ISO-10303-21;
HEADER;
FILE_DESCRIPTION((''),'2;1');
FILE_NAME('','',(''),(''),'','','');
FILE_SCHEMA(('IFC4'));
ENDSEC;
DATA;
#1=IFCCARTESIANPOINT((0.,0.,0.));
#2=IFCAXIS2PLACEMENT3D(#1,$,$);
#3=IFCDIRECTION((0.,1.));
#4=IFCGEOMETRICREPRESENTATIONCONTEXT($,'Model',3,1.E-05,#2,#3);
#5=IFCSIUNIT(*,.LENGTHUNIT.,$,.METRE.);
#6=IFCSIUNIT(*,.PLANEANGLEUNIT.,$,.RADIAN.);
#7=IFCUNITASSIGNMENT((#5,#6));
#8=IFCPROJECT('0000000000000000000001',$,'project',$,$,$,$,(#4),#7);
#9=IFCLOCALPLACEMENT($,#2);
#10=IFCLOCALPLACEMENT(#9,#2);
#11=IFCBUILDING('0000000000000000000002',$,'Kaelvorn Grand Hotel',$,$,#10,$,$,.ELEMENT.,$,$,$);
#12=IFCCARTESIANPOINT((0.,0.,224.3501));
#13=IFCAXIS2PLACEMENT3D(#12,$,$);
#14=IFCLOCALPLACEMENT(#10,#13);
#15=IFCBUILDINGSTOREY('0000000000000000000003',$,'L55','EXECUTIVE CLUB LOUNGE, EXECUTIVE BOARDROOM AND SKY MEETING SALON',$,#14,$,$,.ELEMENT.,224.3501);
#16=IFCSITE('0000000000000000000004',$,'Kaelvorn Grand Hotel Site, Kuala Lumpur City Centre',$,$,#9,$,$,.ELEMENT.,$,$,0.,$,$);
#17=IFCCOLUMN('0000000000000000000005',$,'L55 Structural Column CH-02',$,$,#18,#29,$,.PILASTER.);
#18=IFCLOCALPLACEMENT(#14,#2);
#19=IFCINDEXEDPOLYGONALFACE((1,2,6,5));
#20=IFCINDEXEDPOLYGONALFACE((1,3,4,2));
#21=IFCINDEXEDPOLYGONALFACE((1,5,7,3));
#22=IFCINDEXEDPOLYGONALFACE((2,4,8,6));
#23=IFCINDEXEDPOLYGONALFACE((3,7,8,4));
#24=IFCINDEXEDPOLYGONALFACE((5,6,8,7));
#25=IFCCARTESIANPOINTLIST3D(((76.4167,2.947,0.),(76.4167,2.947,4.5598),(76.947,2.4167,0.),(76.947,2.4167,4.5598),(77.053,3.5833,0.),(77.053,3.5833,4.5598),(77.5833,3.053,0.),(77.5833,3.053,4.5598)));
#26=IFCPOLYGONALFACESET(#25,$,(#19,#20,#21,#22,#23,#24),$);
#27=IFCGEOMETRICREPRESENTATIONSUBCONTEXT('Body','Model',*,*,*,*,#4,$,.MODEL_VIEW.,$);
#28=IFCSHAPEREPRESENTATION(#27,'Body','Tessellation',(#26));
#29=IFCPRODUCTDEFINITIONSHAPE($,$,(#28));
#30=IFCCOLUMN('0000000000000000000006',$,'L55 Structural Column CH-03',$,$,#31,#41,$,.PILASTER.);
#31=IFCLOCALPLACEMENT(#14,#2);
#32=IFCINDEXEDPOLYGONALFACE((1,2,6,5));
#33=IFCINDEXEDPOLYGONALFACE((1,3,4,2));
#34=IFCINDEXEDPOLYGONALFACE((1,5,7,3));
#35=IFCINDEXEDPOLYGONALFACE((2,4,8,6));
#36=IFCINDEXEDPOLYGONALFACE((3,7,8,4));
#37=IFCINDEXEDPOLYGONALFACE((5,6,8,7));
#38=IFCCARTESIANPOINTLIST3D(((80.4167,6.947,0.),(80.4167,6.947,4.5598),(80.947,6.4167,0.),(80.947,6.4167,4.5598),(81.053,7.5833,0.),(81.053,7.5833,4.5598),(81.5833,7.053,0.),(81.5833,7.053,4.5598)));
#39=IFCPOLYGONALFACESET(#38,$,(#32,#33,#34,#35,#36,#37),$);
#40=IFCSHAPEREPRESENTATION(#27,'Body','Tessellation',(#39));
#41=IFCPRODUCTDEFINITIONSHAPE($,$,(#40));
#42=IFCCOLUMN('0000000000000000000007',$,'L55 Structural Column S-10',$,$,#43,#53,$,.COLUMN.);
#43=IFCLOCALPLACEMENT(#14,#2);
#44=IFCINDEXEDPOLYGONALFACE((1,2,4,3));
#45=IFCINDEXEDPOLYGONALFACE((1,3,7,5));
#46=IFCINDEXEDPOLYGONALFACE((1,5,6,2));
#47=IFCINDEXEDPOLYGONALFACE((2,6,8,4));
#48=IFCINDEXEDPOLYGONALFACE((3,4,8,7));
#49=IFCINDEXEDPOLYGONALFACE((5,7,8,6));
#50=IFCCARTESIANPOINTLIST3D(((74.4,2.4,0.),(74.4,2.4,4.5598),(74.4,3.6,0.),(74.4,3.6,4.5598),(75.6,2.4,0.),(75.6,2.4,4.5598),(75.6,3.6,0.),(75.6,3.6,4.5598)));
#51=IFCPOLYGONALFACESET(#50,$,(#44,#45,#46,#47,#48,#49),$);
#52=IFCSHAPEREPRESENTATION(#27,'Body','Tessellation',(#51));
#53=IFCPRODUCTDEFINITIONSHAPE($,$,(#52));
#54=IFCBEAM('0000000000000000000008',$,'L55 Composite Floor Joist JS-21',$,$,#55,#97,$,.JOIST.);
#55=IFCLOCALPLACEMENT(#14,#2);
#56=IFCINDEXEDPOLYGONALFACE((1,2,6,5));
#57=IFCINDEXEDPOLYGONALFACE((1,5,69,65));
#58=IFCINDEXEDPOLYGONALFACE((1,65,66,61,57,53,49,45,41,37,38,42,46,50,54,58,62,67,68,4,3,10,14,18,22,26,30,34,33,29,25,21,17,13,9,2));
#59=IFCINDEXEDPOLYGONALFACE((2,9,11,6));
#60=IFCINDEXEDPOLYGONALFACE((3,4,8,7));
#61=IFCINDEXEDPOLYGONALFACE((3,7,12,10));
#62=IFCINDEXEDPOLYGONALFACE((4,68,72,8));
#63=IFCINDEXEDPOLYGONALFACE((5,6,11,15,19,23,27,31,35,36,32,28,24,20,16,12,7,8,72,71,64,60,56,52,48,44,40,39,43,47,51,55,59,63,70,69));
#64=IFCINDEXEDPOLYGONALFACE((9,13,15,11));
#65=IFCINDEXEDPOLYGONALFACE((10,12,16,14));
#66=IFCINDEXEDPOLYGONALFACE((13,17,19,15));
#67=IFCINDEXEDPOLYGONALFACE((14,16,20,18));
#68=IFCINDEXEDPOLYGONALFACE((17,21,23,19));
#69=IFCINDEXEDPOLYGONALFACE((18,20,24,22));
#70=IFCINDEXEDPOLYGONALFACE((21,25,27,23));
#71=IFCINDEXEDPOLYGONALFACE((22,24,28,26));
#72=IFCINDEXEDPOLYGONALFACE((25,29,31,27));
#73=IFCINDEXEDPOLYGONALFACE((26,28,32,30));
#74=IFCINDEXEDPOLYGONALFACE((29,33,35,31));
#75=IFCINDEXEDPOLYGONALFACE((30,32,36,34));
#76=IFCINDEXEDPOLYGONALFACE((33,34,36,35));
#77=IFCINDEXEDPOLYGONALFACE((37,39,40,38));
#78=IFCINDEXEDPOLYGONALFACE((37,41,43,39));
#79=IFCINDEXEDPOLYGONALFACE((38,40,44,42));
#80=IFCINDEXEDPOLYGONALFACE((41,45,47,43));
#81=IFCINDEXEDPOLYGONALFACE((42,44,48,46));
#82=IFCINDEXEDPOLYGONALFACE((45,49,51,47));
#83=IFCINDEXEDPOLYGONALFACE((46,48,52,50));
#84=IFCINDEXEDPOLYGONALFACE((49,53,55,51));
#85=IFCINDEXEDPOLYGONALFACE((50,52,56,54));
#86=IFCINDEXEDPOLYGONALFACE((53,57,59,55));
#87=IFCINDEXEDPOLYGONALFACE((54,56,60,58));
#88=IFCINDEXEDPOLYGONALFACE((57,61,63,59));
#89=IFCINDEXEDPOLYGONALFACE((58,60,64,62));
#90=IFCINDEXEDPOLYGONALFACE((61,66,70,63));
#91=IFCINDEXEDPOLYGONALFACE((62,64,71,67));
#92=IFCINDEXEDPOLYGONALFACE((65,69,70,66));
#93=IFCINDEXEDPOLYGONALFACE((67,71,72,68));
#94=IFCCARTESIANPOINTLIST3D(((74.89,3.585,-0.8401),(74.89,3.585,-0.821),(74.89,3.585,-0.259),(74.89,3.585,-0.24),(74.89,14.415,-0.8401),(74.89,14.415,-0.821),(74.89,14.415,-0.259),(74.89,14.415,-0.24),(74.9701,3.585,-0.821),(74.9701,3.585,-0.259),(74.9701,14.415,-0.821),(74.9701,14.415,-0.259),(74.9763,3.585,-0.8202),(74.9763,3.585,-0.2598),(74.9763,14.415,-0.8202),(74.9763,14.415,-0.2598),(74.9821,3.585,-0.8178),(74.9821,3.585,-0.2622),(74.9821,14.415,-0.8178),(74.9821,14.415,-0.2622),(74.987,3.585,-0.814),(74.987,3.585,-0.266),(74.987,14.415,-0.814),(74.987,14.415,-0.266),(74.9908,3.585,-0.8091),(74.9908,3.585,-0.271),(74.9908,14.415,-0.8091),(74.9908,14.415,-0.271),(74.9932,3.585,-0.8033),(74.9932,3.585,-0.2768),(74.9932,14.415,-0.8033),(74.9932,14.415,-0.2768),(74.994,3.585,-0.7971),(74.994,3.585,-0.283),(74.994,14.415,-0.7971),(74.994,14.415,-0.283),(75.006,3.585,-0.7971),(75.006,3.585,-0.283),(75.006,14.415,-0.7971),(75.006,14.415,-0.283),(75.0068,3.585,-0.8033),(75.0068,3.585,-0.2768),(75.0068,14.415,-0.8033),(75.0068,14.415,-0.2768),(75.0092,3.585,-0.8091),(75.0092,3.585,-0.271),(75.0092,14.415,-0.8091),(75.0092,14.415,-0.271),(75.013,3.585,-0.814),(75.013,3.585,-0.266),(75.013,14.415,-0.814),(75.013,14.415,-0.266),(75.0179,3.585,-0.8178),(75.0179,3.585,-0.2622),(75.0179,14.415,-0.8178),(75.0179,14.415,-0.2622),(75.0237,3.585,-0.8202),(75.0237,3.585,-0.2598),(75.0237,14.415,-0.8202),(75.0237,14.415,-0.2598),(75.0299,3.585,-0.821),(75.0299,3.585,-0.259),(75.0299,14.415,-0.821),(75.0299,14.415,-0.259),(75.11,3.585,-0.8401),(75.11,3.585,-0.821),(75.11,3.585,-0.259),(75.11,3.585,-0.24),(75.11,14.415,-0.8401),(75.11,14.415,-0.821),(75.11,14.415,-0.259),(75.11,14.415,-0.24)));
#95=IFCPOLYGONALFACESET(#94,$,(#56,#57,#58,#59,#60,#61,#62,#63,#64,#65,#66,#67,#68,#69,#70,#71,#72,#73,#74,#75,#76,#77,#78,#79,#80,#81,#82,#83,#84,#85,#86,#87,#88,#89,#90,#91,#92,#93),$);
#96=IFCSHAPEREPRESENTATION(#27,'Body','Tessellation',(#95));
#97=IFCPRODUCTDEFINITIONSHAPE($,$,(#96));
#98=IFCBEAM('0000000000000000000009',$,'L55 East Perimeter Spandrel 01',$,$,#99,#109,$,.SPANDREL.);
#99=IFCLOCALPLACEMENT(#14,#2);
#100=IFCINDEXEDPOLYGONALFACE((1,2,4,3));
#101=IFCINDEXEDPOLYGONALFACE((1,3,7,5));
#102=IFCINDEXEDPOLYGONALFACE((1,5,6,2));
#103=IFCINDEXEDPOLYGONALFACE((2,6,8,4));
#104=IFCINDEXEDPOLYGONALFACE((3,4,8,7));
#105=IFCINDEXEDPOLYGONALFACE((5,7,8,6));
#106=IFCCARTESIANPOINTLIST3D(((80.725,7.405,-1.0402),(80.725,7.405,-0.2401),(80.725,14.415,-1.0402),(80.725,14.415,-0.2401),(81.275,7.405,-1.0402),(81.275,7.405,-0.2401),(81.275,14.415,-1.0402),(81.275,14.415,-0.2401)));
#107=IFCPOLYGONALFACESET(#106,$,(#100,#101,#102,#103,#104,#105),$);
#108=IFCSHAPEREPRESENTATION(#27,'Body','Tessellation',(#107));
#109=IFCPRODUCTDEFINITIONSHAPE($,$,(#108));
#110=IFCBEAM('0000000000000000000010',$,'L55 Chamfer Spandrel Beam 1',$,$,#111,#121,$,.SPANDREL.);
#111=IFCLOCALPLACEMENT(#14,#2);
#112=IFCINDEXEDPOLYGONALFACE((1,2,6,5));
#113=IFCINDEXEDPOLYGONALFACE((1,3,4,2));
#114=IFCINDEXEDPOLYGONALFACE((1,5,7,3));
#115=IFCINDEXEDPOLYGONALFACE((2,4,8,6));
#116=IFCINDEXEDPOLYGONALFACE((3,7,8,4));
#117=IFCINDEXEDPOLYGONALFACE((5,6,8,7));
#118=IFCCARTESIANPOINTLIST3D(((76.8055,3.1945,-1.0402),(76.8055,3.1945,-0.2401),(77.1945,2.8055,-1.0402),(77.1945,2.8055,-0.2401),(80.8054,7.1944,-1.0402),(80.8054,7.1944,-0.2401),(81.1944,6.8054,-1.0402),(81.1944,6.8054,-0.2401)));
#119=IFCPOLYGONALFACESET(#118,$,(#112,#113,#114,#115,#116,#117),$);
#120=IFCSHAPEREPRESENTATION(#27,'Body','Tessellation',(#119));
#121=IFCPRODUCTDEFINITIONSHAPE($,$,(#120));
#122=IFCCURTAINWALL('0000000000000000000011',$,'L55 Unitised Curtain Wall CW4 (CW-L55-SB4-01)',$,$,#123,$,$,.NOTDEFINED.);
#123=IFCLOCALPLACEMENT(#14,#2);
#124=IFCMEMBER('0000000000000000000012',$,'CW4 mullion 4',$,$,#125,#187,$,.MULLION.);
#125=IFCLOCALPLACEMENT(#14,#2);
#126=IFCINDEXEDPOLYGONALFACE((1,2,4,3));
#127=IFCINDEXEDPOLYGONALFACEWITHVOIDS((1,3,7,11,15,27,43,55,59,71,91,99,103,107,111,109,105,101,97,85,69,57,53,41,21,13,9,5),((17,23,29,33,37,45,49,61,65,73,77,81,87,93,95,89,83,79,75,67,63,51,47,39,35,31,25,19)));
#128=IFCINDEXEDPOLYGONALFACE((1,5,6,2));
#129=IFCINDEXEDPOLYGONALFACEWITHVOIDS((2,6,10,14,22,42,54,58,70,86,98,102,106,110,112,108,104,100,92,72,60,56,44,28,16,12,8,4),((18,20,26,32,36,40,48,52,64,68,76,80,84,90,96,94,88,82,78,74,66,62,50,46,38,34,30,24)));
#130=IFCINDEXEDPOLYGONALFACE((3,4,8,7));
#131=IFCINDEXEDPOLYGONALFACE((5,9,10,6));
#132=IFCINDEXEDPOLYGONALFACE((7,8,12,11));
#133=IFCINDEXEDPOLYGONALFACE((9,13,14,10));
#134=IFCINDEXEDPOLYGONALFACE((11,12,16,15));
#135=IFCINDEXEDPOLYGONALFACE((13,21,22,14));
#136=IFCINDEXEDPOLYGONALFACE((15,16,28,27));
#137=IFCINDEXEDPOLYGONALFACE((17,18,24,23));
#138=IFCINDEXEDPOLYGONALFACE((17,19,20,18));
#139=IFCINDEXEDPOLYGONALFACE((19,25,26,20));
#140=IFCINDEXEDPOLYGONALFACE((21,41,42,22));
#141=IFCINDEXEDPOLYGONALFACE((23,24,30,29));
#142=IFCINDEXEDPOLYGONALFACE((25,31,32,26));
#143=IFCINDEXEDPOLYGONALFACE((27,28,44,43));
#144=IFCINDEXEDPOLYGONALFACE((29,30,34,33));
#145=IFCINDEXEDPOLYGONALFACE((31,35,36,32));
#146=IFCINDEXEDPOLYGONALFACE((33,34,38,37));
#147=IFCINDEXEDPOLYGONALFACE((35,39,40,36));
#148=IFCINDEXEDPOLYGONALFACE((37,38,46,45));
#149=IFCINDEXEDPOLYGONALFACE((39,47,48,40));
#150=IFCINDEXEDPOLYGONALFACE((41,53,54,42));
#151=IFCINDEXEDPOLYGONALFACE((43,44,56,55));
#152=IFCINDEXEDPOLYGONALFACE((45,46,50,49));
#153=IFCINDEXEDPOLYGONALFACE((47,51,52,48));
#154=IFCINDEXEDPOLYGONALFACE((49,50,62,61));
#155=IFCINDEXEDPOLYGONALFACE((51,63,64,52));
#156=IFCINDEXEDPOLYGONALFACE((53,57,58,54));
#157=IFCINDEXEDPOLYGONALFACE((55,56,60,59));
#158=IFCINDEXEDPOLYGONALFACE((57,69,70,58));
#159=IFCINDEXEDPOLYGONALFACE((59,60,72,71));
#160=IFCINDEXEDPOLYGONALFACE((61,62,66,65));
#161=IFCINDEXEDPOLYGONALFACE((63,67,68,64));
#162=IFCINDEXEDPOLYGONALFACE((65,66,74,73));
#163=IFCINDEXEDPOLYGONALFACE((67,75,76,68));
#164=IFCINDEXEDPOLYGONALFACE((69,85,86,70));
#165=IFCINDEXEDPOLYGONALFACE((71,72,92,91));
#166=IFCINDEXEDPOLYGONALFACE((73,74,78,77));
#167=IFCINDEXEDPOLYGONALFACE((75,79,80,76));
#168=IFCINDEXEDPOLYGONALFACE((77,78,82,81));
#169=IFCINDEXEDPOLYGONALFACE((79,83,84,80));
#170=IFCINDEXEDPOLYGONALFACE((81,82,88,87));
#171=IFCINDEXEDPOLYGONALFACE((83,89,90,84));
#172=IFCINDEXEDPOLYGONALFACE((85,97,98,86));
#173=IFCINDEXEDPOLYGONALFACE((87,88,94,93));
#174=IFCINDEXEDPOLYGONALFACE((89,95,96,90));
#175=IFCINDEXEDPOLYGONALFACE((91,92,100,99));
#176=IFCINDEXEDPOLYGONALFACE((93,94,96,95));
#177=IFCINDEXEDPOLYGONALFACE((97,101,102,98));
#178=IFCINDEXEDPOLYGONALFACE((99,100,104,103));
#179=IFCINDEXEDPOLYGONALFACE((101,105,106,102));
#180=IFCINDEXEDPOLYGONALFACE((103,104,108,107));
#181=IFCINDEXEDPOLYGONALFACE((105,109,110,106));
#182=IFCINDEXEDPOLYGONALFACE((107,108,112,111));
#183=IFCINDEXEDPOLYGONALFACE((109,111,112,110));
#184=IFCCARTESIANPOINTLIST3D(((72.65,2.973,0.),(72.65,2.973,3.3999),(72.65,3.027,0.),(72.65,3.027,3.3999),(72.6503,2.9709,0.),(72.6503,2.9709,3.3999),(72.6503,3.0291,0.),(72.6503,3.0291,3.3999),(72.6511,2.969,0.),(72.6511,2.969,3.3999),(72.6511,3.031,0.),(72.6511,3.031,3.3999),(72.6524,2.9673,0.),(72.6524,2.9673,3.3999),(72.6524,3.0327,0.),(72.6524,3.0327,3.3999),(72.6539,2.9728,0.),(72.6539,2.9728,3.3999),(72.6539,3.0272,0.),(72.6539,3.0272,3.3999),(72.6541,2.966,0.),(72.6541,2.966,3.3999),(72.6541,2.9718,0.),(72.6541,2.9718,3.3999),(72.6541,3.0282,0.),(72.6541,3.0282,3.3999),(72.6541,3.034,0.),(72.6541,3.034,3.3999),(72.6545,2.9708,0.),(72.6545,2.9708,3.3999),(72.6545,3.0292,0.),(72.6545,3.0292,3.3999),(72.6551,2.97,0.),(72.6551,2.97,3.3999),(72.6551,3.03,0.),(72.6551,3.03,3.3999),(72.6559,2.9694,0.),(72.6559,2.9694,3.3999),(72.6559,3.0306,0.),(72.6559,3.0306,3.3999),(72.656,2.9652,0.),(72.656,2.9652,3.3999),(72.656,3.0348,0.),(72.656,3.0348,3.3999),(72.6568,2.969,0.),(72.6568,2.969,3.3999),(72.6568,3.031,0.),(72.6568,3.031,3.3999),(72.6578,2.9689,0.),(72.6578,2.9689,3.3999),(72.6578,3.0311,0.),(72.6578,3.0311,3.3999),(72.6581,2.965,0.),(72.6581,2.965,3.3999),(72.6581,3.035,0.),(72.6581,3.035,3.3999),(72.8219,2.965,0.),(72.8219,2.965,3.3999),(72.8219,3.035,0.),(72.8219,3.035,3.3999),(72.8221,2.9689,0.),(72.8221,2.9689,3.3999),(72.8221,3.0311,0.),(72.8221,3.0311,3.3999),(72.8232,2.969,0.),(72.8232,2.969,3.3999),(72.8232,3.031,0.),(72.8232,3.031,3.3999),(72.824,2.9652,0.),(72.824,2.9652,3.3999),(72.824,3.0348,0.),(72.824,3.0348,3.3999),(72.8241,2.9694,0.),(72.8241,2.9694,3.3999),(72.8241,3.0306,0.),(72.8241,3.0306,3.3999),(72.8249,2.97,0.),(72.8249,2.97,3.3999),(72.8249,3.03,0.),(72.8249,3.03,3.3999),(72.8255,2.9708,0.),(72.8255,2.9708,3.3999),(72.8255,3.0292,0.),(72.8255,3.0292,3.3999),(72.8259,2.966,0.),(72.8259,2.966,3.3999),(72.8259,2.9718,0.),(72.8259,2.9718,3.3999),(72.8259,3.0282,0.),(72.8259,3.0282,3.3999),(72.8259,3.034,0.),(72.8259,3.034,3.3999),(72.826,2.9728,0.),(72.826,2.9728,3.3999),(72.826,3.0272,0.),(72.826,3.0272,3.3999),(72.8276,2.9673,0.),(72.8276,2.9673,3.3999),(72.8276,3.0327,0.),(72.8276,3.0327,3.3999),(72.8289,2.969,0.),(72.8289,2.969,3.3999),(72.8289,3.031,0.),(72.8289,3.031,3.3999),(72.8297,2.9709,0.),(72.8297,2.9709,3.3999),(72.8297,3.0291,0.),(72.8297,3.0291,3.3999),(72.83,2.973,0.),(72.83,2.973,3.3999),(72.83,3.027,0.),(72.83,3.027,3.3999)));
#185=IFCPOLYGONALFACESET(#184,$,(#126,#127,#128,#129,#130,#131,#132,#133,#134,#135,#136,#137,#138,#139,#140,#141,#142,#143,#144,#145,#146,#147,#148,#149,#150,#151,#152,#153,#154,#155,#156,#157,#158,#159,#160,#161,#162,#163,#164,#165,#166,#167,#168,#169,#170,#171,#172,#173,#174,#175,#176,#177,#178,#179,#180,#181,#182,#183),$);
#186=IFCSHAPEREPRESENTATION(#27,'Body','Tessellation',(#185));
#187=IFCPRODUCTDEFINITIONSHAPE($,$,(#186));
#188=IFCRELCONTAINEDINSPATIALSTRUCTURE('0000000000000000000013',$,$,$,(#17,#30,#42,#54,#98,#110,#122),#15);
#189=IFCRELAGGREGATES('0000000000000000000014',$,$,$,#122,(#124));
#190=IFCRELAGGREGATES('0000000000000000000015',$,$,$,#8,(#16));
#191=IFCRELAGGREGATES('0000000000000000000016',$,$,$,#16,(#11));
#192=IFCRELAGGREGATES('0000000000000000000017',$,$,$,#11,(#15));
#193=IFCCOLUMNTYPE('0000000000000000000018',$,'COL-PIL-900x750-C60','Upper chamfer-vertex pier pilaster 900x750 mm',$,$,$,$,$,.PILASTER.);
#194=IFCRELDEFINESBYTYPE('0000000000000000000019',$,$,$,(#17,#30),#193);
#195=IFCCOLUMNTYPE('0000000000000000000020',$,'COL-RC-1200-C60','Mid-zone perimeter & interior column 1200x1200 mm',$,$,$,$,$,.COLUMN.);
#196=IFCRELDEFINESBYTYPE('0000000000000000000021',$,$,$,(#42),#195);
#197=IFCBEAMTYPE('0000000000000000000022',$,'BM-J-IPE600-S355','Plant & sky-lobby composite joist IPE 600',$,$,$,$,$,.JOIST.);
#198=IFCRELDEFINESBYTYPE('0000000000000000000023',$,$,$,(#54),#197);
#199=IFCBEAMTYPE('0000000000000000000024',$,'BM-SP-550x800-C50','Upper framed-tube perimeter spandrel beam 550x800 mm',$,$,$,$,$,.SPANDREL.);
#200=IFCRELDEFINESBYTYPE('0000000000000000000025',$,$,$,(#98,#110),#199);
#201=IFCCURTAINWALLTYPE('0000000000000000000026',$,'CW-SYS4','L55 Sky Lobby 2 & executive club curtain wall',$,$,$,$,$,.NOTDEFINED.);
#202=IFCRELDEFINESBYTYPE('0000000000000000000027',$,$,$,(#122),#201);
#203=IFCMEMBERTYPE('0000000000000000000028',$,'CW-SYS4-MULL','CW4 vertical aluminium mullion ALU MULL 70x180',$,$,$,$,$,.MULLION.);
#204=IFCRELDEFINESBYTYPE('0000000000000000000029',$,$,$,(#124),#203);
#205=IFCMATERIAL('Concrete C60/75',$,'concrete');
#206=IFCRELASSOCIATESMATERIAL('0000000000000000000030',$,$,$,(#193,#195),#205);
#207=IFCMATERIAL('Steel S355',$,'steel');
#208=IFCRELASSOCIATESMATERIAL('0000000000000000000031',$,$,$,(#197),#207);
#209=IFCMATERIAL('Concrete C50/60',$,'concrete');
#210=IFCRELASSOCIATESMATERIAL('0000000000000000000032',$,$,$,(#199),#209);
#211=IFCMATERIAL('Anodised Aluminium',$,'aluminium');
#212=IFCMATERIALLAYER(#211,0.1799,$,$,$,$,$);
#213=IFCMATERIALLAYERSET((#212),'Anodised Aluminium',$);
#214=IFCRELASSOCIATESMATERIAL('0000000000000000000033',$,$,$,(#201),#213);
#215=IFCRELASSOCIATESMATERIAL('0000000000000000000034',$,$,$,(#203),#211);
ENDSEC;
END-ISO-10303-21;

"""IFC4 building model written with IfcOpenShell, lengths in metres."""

from ifc_helpers import new_model, si_unit, direction, frame, origin, origin_2d, place, context, subcontext, project, spatial, rectangle, hollow_rectangle, i_section, extrude, material, layer, layer_set, material_profile, profile_set, type_object, element, aggregate, save


model = new_model("IFC4")

# Units and contexts
model_context = context("Model", 3, precision=1e-05, world=origin(), true_north=direction((0.0, 1.0)))
body_context = subcontext(model_context, "Body", "Model", "MODEL_VIEW")
ifc_project = project(units=[si_unit("LENGTHUNIT", "METRE"), si_unit("PLANEANGLEUNIT", "RADIAN")], contexts=[model_context])

# Site, building, storey
site_placement = place(None, origin())
site = spatial("IfcSite", under=ifc_project, at=site_placement, Name="Kaelvorn Grand Hotel Site, Kuala Lumpur City Centre", CompositionType="ELEMENT", RefElevation=0.0)
building_placement = place(site_placement, origin())
building = spatial("IfcBuilding", under=site, at=building_placement, Name="Kaelvorn Grand Hotel", CompositionType="ELEMENT")
storey_placement = place(building_placement, frame((0.0, 0.0, 224.3501)))
storey = spatial("IfcBuildingStorey", under=building, at=storey_placement, Name="L55", Description="EXECUTIVE CLUB LOUNGE, EXECUTIVE BOARDROOM AND SKY MEETING SALON", CompositionType="ELEMENT", Elevation=224.3501)

# Columns
ifc_material_1 = material(Name="Concrete C60/75", Category="concrete")
ifc_material_profile_1 = material_profile(ifc_material_1, rectangle(XDim=0.8999, YDim=0.75, at=origin_2d()), Name="RC PILASTER 900x750")
ifc_profile_set_1 = profile_set([ifc_material_profile_1], Name="Concrete C60/75")
column_type_1 = type_object("IfcColumnType", Name="COL-PIL-900x750-C60", Description="Upper chamfer-vertex pier pilaster 900x750 mm", PredefinedType="PILASTER", material=ifc_profile_set_1)
for number, where, z_axis, x_axis, name in (
    (1, (77.0, 3.0, 0.0), (0.0, 0.0, 1.0), (0.707107, 0.707107, 0.0), "L55 Structural Column CH-02"),
    (2, (81.0, 7.0, 0.0), (0.0, 0.0, 1.0), (0.707107, 0.707107, 0.0), "L55 Structural Column CH-03"),
):
    element("IfcColumn", number, at=place(storey_placement, frame(where, z_axis=z_axis, x_axis=x_axis)), inside=storey, type_object=column_type_1, Name=name, PredefinedType="PILASTER", context=body_context, shape_type="SweptSolid", body=[
        extrude(rectangle(XDim=0.8999, YDim=0.75, at=origin_2d()), origin(), (0.0, 0.0, 1.0), 4.5598),
    ])
ifc_material_profile_2 = material_profile(ifc_material_1, rectangle(XDim=1.2, YDim=1.2, at=origin_2d()), Name="RC COL 1200x1200")
ifc_profile_set_2 = profile_set([ifc_material_profile_2], Name="Concrete C60/75")
column_type_2 = type_object("IfcColumnType", Name="COL-RC-1200-C60", Description="Mid-zone perimeter & interior column 1200x1200 mm", PredefinedType="COLUMN", material=ifc_profile_set_2)
column_placement = place(storey_placement, frame((75.0, 3.0, 0.0), z_axis=(0.0, 0.0, 1.0), x_axis=(1.0, 0.0, 0.0)))
element("IfcColumn", 3, at=column_placement, inside=storey, type_object=column_type_2, Name="L55 Structural Column S-10", PredefinedType="COLUMN", context=body_context, shape_type="SweptSolid", body=[
    extrude(rectangle(XDim=1.2, YDim=1.2, at=origin_2d()), origin(), (0.0, 0.0, 1.0), 4.5598),
])

# Beams
ifc_material_2 = material(Name="Steel S355", Category="steel")
ifc_material_profile_3 = material_profile(ifc_material_2, i_section(OverallWidth=0.22, OverallDepth=0.6001, WebThickness=0.012, FlangeThickness=0.019, FilletRadius=0.0239, at=origin_2d()), Name="IPE 600")
ifc_profile_set_3 = profile_set([ifc_material_profile_3], Name="Steel S355")
beam_type_1 = type_object("IfcBeamType", Name="BM-J-IPE600-S355", Description="Plant & sky-lobby composite joist IPE 600", PredefinedType="JOIST", material=ifc_profile_set_3)
beam_1_placement = place(storey_placement, frame((75.0, 3.585, -0.54), z_axis=(0.0, 1.0, 0.0), x_axis=(-1.0, 0.0, 0.0)))
element("IfcBeam", 4, at=beam_1_placement, inside=storey, type_object=beam_type_1, Name="L55 Composite Floor Joist JS-21", PredefinedType="JOIST", context=body_context, shape_type="SweptSolid", body=[
    extrude(i_section(OverallWidth=0.22, OverallDepth=0.6001, WebThickness=0.012, FlangeThickness=0.019, FilletRadius=0.0239, at=origin_2d()), origin(), (0.0, 0.0, 1.0), 10.8301),
])
ifc_material_3 = material(Name="Concrete C50/60", Category="concrete")
ifc_material_profile_4 = material_profile(ifc_material_3, rectangle(XDim=0.55, YDim=0.8, at=origin_2d()), Name="RC SPANDREL 550x800")
ifc_profile_set_4 = profile_set([ifc_material_profile_4], Name="Concrete C50/60")
beam_type_2 = type_object("IfcBeamType", Name="BM-SP-550x800-C50", Description="Upper framed-tube perimeter spandrel beam 550x800 mm", PredefinedType="SPANDREL", material=ifc_profile_set_4)
beam_2_placement = place(storey_placement, frame((81.0, 7.405, -0.6401), z_axis=(0.0, 1.0, 0.0), x_axis=(-1.0, 0.0, 0.0)))
element("IfcBeam", 5, at=beam_2_placement, inside=storey, type_object=beam_type_2, Name="L55 East Perimeter Spandrel 01", PredefinedType="SPANDREL", context=body_context, shape_type="SweptSolid", body=[
    extrude(rectangle(XDim=0.55, YDim=0.8, at=origin_2d()), origin(), (0.0, 0.0, 1.0), 7.01),
])
beam_3_placement = place(storey_placement, frame((77.0, 3.0, -0.6401), z_axis=(0.707107, 0.707107, 0.0), x_axis=(-0.707107, 0.707107, 0.0)))
element("IfcBeam", 6, at=beam_3_placement, inside=storey, type_object=beam_type_2, Name="L55 Chamfer Spandrel Beam 1", PredefinedType="SPANDREL", context=body_context, shape_type="SweptSolid", body=[
    extrude(rectangle(XDim=0.55, YDim=0.8, at=origin_2d()), origin(), (0.0, 0.0, 1.0), 5.6567),
])

# Curtain wall, member
ifc_material_4 = material(Name="Anodised Aluminium", Category="aluminium")
ifc_layer_1 = layer(ifc_material_4, 0.1799)
ifc_layer_set_1 = layer_set([ifc_layer_1], Name="Anodised Aluminium")
curtain_wall_type = type_object("IfcCurtainWallType", Name="CW-SYS4", Description="L55 Sky Lobby 2 & executive club curtain wall", PredefinedType="NOTDEFINED", material=ifc_layer_set_1)
curtain_wall_1_placement = place(storey_placement, origin())
curtain_wall_1 = element("IfcCurtainWall", 7, at=curtain_wall_1_placement, inside=storey, type_object=curtain_wall_type, Name="L55 Unitised Curtain Wall CW4 (CW-L55-SB4-01)", PredefinedType="NOTDEFINED")
ifc_material_profile_5 = material_profile(ifc_material_4, hollow_rectangle(XDim=0.0701, YDim=0.1799, WallThickness=0.0039, InnerFilletRadius=0.0039, OuterFilletRadius=0.0081, at=origin_2d()), Name="ALU MULL 70x180")
ifc_profile_set_5 = profile_set([ifc_material_profile_5], Name="Anodised Aluminium")
member_type_1 = type_object("IfcMemberType", Name="CW-SYS4-MULL", Description="CW4 vertical aluminium mullion ALU MULL 70x180", PredefinedType="MULLION", material=ifc_profile_set_5)
member_1_placement = place(storey_placement, frame((72.74, 3.0, 0.0), z_axis=(0.0, 0.0, 1.0), x_axis=(0.0, 1.0, 0.0)))
member_1 = element("IfcMember", 8, at=member_1_placement, type_object=member_type_1, Name="CW4 mullion 4", PredefinedType="MULLION", context=body_context, shape_type="SweptSolid", body=[
    extrude(hollow_rectangle(XDim=0.0701, YDim=0.1799, WallThickness=0.0039, InnerFilletRadius=0.0039, OuterFilletRadius=0.0081, at=origin_2d()), origin(), (0.0, 0.0, 1.0), 3.3999),
])

aggregate(curtain_wall_1, [member_1])

save(model, "model.ifc")
